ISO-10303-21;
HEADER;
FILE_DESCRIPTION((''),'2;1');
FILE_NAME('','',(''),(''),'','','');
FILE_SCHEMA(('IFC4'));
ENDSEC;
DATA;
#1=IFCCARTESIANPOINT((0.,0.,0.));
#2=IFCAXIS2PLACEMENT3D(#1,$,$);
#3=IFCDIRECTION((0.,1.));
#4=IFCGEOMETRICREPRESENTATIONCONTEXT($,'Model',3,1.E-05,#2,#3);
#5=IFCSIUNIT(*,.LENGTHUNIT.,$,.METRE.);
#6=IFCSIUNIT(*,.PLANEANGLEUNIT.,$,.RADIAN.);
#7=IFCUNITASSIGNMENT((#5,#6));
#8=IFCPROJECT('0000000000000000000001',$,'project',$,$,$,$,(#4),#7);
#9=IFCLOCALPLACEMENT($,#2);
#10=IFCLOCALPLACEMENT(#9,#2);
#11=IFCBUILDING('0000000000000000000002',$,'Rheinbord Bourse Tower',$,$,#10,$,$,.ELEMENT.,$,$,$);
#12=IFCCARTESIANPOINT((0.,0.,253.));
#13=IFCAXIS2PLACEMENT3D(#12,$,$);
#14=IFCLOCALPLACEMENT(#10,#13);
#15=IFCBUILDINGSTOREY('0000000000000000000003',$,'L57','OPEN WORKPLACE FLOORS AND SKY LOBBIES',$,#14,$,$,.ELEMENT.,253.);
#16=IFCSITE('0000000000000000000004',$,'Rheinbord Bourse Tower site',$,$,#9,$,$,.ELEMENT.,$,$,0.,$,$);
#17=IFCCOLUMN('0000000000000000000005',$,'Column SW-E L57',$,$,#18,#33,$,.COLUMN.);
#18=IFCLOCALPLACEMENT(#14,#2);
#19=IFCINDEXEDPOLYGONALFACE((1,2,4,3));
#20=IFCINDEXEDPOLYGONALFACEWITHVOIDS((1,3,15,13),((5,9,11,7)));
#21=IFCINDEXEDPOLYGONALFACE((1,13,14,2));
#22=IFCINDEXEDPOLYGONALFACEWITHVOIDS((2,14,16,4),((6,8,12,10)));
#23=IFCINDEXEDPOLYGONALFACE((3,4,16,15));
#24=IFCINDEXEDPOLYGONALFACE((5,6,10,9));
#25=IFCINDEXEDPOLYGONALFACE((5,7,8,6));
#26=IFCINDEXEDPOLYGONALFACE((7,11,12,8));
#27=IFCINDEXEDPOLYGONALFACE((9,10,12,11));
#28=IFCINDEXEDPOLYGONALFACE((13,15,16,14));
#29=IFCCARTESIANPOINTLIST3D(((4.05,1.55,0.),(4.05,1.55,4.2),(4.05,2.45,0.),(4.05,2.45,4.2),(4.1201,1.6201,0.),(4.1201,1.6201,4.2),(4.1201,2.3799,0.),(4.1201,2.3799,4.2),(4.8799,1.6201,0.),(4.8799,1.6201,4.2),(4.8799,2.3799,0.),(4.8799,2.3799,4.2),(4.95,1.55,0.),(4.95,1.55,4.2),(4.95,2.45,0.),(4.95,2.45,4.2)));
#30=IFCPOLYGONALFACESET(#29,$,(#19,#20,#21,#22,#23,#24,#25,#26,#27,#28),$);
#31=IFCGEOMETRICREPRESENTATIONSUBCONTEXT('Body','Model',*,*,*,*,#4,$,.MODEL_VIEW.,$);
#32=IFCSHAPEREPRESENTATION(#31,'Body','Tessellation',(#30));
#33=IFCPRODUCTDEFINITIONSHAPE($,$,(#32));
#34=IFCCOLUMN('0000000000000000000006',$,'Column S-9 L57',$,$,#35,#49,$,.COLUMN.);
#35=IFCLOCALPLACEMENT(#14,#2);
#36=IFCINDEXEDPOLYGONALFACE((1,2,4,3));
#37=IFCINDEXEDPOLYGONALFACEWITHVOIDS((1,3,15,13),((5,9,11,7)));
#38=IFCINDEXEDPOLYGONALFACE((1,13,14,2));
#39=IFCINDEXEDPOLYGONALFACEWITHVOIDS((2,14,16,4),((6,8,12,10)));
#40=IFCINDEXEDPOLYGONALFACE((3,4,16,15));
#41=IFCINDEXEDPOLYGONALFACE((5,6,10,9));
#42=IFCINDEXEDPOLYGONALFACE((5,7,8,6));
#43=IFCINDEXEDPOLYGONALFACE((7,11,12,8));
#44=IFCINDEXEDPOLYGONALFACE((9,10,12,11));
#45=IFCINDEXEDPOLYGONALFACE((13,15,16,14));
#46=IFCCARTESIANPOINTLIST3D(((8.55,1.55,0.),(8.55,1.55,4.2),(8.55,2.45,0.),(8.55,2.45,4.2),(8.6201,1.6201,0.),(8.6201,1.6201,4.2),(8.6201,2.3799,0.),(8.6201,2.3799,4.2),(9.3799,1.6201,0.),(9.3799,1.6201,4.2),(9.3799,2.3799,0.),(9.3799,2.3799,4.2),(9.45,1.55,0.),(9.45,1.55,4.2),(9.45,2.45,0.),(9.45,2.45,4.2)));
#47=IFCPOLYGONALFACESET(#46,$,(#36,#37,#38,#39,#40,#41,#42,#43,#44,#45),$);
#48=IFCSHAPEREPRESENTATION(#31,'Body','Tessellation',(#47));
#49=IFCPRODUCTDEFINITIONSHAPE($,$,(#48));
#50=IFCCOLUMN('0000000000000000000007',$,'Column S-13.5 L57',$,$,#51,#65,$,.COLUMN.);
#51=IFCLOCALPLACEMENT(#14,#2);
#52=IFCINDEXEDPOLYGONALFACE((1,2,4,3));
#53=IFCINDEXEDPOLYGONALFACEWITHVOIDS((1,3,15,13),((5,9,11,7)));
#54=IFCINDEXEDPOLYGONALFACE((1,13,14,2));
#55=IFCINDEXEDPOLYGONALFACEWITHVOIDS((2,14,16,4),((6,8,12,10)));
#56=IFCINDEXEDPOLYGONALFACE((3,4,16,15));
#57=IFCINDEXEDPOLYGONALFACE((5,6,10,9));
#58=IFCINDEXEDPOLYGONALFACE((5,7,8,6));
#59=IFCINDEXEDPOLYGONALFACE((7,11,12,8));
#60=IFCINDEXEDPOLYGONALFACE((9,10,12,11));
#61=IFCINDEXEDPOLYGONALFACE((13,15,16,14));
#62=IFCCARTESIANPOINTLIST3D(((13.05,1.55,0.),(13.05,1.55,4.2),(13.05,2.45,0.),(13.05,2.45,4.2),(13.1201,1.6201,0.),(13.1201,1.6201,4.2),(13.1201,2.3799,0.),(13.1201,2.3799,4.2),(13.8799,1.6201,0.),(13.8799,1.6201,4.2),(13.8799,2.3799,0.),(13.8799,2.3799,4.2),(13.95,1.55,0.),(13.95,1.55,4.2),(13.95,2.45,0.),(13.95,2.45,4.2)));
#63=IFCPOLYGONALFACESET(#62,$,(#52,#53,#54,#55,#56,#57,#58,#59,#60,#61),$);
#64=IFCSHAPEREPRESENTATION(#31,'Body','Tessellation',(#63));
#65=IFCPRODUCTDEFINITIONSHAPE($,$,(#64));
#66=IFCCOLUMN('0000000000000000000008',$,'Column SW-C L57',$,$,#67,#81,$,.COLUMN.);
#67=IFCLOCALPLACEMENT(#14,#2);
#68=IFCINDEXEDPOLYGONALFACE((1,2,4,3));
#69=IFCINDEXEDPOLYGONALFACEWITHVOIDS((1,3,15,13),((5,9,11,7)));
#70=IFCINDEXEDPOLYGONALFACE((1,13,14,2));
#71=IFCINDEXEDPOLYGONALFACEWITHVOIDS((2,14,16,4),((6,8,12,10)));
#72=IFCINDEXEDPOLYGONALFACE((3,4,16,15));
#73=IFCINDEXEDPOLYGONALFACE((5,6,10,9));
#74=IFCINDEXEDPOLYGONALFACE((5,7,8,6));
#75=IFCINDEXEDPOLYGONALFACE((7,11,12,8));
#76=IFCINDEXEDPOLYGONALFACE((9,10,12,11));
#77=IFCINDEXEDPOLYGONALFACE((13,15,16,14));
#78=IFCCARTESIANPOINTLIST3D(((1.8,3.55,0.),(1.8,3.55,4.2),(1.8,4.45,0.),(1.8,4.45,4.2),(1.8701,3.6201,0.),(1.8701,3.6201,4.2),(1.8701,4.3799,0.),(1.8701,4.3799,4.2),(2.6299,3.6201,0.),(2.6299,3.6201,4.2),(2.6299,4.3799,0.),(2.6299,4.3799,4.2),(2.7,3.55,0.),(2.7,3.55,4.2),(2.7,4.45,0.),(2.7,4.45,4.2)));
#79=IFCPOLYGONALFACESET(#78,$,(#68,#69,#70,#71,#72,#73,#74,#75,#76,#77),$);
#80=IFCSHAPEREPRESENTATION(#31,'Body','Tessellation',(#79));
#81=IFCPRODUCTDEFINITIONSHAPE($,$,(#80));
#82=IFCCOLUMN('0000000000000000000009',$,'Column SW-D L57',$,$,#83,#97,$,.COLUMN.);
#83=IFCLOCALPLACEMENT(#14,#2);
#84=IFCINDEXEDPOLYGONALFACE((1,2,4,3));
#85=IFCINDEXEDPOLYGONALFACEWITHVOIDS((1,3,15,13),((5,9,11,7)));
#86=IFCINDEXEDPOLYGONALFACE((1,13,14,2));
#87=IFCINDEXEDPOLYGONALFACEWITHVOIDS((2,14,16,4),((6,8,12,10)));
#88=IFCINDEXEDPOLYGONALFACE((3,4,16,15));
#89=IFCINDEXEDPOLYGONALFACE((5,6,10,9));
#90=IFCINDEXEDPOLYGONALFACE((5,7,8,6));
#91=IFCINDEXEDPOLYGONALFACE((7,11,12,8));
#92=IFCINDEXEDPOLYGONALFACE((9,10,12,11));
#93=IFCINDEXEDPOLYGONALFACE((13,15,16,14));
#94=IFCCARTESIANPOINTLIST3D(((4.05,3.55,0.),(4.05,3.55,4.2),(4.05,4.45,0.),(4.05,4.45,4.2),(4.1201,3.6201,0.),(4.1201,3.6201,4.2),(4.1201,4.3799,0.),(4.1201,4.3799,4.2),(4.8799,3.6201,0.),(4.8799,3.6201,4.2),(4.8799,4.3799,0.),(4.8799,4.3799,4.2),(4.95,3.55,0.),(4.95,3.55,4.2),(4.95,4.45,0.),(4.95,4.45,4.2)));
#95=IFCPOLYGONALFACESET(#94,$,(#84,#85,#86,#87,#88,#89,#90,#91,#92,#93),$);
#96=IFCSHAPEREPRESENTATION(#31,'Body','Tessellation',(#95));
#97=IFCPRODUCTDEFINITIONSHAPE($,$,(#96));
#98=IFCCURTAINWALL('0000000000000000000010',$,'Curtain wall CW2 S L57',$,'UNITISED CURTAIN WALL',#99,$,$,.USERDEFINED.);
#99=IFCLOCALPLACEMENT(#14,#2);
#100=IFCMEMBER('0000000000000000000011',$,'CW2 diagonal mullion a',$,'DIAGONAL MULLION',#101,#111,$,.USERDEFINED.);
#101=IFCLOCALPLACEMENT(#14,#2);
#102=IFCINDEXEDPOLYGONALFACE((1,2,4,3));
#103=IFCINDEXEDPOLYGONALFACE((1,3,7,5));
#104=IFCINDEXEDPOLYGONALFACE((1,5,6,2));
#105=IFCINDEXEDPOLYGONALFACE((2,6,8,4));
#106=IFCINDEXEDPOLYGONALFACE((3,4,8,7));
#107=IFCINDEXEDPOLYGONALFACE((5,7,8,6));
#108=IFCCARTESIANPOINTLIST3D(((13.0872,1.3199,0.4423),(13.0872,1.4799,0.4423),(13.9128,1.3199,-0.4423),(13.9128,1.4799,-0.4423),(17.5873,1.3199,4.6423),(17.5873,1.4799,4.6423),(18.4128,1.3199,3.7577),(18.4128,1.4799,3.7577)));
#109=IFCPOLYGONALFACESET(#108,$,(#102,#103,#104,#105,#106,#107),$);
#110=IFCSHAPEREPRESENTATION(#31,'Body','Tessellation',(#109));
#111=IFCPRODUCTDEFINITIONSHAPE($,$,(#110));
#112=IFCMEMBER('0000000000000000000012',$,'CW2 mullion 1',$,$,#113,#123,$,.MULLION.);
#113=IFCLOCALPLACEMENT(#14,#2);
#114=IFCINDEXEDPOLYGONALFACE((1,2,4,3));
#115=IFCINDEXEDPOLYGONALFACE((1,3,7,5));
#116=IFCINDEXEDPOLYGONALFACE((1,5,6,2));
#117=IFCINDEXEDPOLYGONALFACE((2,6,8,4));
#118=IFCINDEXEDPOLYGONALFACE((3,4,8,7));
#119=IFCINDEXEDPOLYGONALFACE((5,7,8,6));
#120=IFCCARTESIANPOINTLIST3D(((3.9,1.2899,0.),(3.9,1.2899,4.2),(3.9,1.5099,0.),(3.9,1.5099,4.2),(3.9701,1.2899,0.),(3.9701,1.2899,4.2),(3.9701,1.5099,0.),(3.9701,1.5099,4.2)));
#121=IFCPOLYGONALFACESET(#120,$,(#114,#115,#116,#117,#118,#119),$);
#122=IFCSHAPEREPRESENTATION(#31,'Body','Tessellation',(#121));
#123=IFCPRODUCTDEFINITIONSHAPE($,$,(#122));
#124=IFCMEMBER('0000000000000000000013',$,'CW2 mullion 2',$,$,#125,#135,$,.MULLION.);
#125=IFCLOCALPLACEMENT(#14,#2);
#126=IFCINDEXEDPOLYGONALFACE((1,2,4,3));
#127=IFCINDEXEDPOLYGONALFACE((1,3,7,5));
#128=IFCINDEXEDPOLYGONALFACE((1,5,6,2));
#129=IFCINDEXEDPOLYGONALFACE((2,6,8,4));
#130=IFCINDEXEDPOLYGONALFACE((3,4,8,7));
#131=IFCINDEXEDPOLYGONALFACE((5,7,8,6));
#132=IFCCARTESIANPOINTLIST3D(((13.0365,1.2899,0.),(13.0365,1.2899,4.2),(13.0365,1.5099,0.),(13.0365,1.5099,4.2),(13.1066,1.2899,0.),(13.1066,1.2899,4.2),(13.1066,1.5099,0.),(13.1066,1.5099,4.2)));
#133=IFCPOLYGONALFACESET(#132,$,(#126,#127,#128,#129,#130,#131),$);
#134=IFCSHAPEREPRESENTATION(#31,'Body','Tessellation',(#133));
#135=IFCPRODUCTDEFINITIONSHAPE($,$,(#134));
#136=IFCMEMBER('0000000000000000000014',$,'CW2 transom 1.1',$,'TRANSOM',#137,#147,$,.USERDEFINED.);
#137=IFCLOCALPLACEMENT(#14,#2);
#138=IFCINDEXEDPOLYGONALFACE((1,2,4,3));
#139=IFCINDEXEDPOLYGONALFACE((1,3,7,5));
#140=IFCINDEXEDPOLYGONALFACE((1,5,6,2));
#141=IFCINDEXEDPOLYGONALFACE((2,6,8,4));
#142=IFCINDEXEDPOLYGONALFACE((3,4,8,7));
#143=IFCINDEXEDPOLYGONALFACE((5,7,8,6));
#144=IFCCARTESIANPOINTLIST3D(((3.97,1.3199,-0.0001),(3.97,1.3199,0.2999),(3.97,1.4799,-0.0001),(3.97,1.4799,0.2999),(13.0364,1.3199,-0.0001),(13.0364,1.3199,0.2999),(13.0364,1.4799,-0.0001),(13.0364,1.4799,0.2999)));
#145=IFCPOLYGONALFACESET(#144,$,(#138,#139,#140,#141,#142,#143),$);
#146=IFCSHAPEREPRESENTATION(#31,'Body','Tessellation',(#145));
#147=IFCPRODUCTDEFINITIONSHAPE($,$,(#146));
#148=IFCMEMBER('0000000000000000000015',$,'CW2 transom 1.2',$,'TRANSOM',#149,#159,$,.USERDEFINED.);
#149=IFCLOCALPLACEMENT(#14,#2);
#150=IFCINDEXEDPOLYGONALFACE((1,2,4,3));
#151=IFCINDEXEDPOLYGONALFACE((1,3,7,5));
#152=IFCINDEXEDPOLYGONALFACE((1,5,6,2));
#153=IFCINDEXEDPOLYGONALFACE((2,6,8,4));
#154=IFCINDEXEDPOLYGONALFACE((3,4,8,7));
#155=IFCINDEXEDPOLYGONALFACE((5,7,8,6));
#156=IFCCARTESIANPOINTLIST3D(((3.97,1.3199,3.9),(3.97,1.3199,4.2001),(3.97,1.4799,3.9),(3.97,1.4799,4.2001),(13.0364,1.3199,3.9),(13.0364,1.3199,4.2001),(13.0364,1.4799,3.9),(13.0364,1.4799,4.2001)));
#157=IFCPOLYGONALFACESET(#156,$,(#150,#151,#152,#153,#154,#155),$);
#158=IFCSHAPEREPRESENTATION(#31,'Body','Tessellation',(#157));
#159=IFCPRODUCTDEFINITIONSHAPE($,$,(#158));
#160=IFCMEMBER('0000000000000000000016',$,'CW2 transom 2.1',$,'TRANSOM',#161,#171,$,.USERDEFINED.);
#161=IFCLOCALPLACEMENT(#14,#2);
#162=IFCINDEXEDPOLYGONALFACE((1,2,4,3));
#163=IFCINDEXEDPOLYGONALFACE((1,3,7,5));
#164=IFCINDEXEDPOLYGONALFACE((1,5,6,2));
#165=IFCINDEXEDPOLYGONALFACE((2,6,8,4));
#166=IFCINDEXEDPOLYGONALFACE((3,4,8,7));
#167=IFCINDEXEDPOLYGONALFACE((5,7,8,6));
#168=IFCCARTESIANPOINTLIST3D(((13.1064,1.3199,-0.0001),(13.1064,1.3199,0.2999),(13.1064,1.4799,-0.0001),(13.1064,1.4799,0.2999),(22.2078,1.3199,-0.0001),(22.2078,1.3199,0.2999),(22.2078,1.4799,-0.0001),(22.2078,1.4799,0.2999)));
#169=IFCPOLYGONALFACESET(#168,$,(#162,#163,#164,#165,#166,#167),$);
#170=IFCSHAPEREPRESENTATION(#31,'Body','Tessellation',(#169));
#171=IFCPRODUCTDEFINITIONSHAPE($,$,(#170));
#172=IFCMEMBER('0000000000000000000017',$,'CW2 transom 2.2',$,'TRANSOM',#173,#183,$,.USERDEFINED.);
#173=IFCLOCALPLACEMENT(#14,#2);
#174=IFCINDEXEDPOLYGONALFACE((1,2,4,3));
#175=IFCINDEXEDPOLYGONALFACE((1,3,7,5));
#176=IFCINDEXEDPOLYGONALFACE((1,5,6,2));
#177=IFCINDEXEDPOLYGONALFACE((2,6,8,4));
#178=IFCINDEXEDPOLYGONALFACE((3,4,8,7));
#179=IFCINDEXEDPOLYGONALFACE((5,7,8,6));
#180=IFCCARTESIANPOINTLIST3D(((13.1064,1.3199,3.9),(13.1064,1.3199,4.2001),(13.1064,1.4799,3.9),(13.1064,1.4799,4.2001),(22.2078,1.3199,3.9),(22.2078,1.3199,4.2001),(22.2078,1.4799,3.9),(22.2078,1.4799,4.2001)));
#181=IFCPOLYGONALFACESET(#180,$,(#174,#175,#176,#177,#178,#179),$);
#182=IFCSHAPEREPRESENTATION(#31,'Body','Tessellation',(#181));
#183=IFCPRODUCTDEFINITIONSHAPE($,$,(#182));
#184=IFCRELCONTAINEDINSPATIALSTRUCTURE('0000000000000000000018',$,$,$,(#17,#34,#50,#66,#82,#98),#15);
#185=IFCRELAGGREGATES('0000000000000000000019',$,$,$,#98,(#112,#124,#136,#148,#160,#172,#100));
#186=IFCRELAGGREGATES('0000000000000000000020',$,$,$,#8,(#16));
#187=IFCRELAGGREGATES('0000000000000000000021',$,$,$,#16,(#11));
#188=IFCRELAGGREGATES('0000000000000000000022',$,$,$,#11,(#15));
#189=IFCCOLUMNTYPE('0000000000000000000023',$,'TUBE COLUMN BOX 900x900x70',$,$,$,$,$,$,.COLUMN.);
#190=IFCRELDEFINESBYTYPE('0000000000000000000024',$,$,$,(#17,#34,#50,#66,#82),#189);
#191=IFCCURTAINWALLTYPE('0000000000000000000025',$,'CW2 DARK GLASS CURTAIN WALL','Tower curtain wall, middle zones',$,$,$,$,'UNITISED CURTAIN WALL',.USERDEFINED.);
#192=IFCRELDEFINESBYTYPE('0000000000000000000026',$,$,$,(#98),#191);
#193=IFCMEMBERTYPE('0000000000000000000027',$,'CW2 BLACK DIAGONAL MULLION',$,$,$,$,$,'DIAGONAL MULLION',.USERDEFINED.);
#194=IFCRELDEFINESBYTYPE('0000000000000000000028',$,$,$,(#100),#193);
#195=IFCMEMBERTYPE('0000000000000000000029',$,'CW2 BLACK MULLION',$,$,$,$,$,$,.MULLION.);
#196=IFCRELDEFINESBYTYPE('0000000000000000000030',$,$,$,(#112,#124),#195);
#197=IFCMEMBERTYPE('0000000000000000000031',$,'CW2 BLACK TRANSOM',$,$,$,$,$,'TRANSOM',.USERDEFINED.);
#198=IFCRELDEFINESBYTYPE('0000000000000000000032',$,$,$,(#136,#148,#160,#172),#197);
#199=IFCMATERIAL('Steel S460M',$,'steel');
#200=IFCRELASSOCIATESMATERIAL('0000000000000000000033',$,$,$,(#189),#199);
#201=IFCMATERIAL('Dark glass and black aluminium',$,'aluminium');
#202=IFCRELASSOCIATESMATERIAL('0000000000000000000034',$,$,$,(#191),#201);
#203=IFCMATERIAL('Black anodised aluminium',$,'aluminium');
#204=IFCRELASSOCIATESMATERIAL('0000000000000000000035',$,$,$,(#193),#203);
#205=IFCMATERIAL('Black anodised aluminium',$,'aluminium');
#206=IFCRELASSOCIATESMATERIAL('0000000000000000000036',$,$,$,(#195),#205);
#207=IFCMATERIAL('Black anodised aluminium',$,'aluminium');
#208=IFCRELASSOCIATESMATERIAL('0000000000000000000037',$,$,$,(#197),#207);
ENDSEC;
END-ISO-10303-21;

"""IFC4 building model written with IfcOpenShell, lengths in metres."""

from ifc_helpers import new_model, si_unit, direction, frame, origin, origin_2d, place, context, subcontext, project, spatial, rectangle, hollow_rectangle, extrude, material, material_profile, profile_set, type_object, element, aggregate, save


model = new_model("IFC4")

# Units and contexts
model_context = context("Model", 3, precision=1e-05, world=origin(), true_north=direction((0.0, 1.0)))
body_context = subcontext(model_context, "Body", "Model", "MODEL_VIEW")
ifc_project = project(units=[si_unit("LENGTHUNIT", "METRE"), si_unit("PLANEANGLEUNIT", "RADIAN")], contexts=[model_context])

# Site, building, storey
site_placement = place(None, origin())
site = spatial("IfcSite", under=ifc_project, at=site_placement, Name="Rheinbord Bourse Tower site", CompositionType="ELEMENT", RefElevation=0.0)
building_placement = place(site_placement, origin())
building = spatial("IfcBuilding", under=site, at=building_placement, Name="Rheinbord Bourse Tower", CompositionType="ELEMENT")
storey_placement = place(building_placement, frame((0.0, 0.0, 253.0)))
storey = spatial("IfcBuildingStorey", under=building, at=storey_placement, Name="L57", Description="OPEN WORKPLACE FLOORS AND SKY LOBBIES", CompositionType="ELEMENT", Elevation=253.0)

# Columns
ifc_material_1 = material(Name="Steel S460M", Category="steel")
ifc_material_profile_1 = material_profile(ifc_material_1, hollow_rectangle(XDim=0.8999, YDim=0.8999, WallThickness=0.0701, at=origin_2d()), Name="BOX 900x900x70")
ifc_profile_set_1 = profile_set([ifc_material_profile_1], Name="Steel S460M")
column_type = type_object("IfcColumnType", Name="TUBE COLUMN BOX 900x900x70", PredefinedType="COLUMN", material=ifc_profile_set_1)
for number, where, z_axis, x_axis, name in (
    (1, (4.5, 2.0, 0.0), (0.0, 0.0, 1.0), (0.0, 1.0, 0.0), "Column SW-E L57"),
    (2, (9.0, 2.0, 0.0), (0.0, 0.0, 1.0), (0.0, 1.0, 0.0), "Column S-9 L57"),
    (3, (13.5, 2.0, 0.0), (0.0, 0.0, 1.0), (0.0, 1.0, 0.0), "Column S-13.5 L57"),
    (4, (2.25, 4.0, 0.0), (0.0, 0.0, 1.0), (1.0, 0.0, 0.0), "Column SW-C L57"),
    (5, (4.5, 4.0, 0.0), (0.0, 0.0, 1.0), (0.0, 1.0, 0.0), "Column SW-D L57"),
):
    element("IfcColumn", number, at=place(storey_placement, frame(where, z_axis=z_axis, x_axis=x_axis)), inside=storey, type_object=column_type, Name=name, PredefinedType="COLUMN", context=body_context, shape_type="SweptSolid", body=[
        extrude(hollow_rectangle(XDim=0.8999, YDim=0.8999, WallThickness=0.0701, at=origin_2d()), origin(), (0.0, 0.0, 1.0), 4.2),
    ])

# Curtain wall, members
ifc_material_2 = material(Name="Dark glass and black aluminium", Category="aluminium")
curtain_wall_type = type_object("IfcCurtainWallType", Name="CW2 DARK GLASS CURTAIN WALL", Description="Tower curtain wall, middle zones", ElementType="UNITISED CURTAIN WALL", PredefinedType="USERDEFINED", material=ifc_material_2)
curtain_wall_placement = place(storey_placement, origin())
curtain_wall = element("IfcCurtainWall", 6, at=curtain_wall_placement, inside=storey, type_object=curtain_wall_type, Name="Curtain wall CW2 S L57", ObjectType="UNITISED CURTAIN WALL", PredefinedType="USERDEFINED")
ifc_material_3 = material(Name="Black anodised aluminium", Category="aluminium")
ifc_material_profile_2 = material_profile(ifc_material_3, rectangle(XDim=0.1599, YDim=1.21, at=origin_2d()), Name="CW2 DIAGONAL MULLION 1210x160")
ifc_profile_set_2 = profile_set([ifc_material_profile_2], Name="Black anodised aluminium")
member_type_1 = type_object("IfcMemberType", Name="CW2 BLACK DIAGONAL MULLION", ElementType="DIAGONAL MULLION", PredefinedType="USERDEFINED", material=ifc_profile_set_2)
member_1_placement = place(storey_placement, frame((13.5, 1.3999, 0.0), z_axis=(0.731059, 0.0, 0.682314), x_axis=(0.0, 1.0, 0.0)))
member_1 = element("IfcMember", 7, at=member_1_placement, type_object=member_type_1, Name="CW2 diagonal mullion a", ObjectType="DIAGONAL MULLION", PredefinedType="USERDEFINED", context=body_context, shape_type="SweptSolid", body=[
    extrude(rectangle(XDim=0.1599, YDim=1.21, at=origin_2d()), origin(), (0.0, 0.0, 1.0), 6.1555),
])
ifc_material_4 = material(Name="Black anodised aluminium", Category="aluminium")
ifc_material_profile_3 = material_profile(ifc_material_4, rectangle(XDim=0.22, YDim=0.0701, at=origin_2d()), Name="CW2 MULLION 70x220")
ifc_profile_set_3 = profile_set([ifc_material_profile_3], Name="Black anodised aluminium")
member_type_2 = type_object("IfcMemberType", Name="CW2 BLACK MULLION", PredefinedType="MULLION", material=ifc_profile_set_3)
member_2_placement = place(storey_placement, frame((3.9351, 1.3999, 0.0), z_axis=(0.0, 0.0, 1.0), x_axis=(0.0, 1.0, 0.0)))
member_2 = element("IfcMember", 8, at=member_2_placement, type_object=member_type_2, Name="CW2 mullion 1", PredefinedType="MULLION", context=body_context, shape_type="SweptSolid", body=[
    extrude(rectangle(XDim=0.22, YDim=0.0701, at=origin_2d()), origin(), (0.0, 0.0, 1.0), 4.2),
])
member_3_placement = place(storey_placement, frame((13.0715, 1.3999, 0.0), z_axis=(0.0, 0.0, 1.0), x_axis=(0.0, 1.0, 0.0)))
member_3 = element("IfcMember", 9, at=member_3_placement, type_object=member_type_2, Name="CW2 mullion 2", PredefinedType="MULLION", context=body_context, shape_type="SweptSolid", body=[
    extrude(rectangle(XDim=0.22, YDim=0.0701, at=origin_2d()), origin(), (0.0, 0.0, 1.0), 4.2),
])
ifc_material_5 = material(Name="Black anodised aluminium", Category="aluminium")
ifc_material_profile_4 = material_profile(ifc_material_5, rectangle(XDim=0.1599, YDim=0.3, at=origin_2d()), Name="CW2 TRANSOM 300x160")
ifc_profile_set_4 = profile_set([ifc_material_profile_4], Name="Black anodised aluminium")
member_type_3 = type_object("IfcMemberType", Name="CW2 BLACK TRANSOM", ElementType="TRANSOM", PredefinedType="USERDEFINED", material=ifc_profile_set_4)
member_4_placement = place(storey_placement, frame((3.97, 1.3999, 0.1499), z_axis=(1.0, 0.0, 0.0), x_axis=(0.0, 1.0, 0.0)))
member_4 = element("IfcMember", 10, at=member_4_placement, type_object=member_type_3, Name="CW2 transom 1.1", ObjectType="TRANSOM", PredefinedType="USERDEFINED", context=body_context, shape_type="SweptSolid", body=[
    extrude(rectangle(XDim=0.1599, YDim=0.3, at=origin_2d()), origin(), (0.0, 0.0, 1.0), 9.0664),
])
member_5_placement = place(storey_placement, frame((3.97, 1.3999, 4.05), z_axis=(1.0, 0.0, 0.0), x_axis=(0.0, 1.0, 0.0)))
member_5 = element("IfcMember", 11, at=member_5_placement, type_object=member_type_3, Name="CW2 transom 1.2", ObjectType="TRANSOM", PredefinedType="USERDEFINED", context=body_context, shape_type="SweptSolid", body=[
    extrude(rectangle(XDim=0.1599, YDim=0.3, at=origin_2d()), origin(), (0.0, 0.0, 1.0), 9.0664),
])
member_6_placement = place(storey_placement, frame((13.1064, 1.3999, 0.1499), z_axis=(1.0, 0.0, 0.0), x_axis=(0.0, 1.0, 0.0)))
member_6 = element("IfcMember", 12, at=member_6_placement, type_object=member_type_3, Name="CW2 transom 2.1", ObjectType="TRANSOM", PredefinedType="USERDEFINED", context=body_context, shape_type="SweptSolid", body=[
    extrude(rectangle(XDim=0.1599, YDim=0.3, at=origin_2d()), origin(), (0.0, 0.0, 1.0), 9.1013),
])
member_7_placement = place(storey_placement, frame((13.1064, 1.3999, 4.05), z_axis=(1.0, 0.0, 0.0), x_axis=(0.0, 1.0, 0.0)))
member_7 = element("IfcMember", 13, at=member_7_placement, type_object=member_type_3, Name="CW2 transom 2.2", ObjectType="TRANSOM", PredefinedType="USERDEFINED", context=body_context, shape_type="SweptSolid", body=[
    extrude(rectangle(XDim=0.1599, YDim=0.3, at=origin_2d()), origin(), (0.0, 0.0, 1.0), 9.1013),
])

aggregate(curtain_wall, [member_2, member_3, member_4, member_5, member_6, member_7, member_1])

save(model, "model.ifc")
